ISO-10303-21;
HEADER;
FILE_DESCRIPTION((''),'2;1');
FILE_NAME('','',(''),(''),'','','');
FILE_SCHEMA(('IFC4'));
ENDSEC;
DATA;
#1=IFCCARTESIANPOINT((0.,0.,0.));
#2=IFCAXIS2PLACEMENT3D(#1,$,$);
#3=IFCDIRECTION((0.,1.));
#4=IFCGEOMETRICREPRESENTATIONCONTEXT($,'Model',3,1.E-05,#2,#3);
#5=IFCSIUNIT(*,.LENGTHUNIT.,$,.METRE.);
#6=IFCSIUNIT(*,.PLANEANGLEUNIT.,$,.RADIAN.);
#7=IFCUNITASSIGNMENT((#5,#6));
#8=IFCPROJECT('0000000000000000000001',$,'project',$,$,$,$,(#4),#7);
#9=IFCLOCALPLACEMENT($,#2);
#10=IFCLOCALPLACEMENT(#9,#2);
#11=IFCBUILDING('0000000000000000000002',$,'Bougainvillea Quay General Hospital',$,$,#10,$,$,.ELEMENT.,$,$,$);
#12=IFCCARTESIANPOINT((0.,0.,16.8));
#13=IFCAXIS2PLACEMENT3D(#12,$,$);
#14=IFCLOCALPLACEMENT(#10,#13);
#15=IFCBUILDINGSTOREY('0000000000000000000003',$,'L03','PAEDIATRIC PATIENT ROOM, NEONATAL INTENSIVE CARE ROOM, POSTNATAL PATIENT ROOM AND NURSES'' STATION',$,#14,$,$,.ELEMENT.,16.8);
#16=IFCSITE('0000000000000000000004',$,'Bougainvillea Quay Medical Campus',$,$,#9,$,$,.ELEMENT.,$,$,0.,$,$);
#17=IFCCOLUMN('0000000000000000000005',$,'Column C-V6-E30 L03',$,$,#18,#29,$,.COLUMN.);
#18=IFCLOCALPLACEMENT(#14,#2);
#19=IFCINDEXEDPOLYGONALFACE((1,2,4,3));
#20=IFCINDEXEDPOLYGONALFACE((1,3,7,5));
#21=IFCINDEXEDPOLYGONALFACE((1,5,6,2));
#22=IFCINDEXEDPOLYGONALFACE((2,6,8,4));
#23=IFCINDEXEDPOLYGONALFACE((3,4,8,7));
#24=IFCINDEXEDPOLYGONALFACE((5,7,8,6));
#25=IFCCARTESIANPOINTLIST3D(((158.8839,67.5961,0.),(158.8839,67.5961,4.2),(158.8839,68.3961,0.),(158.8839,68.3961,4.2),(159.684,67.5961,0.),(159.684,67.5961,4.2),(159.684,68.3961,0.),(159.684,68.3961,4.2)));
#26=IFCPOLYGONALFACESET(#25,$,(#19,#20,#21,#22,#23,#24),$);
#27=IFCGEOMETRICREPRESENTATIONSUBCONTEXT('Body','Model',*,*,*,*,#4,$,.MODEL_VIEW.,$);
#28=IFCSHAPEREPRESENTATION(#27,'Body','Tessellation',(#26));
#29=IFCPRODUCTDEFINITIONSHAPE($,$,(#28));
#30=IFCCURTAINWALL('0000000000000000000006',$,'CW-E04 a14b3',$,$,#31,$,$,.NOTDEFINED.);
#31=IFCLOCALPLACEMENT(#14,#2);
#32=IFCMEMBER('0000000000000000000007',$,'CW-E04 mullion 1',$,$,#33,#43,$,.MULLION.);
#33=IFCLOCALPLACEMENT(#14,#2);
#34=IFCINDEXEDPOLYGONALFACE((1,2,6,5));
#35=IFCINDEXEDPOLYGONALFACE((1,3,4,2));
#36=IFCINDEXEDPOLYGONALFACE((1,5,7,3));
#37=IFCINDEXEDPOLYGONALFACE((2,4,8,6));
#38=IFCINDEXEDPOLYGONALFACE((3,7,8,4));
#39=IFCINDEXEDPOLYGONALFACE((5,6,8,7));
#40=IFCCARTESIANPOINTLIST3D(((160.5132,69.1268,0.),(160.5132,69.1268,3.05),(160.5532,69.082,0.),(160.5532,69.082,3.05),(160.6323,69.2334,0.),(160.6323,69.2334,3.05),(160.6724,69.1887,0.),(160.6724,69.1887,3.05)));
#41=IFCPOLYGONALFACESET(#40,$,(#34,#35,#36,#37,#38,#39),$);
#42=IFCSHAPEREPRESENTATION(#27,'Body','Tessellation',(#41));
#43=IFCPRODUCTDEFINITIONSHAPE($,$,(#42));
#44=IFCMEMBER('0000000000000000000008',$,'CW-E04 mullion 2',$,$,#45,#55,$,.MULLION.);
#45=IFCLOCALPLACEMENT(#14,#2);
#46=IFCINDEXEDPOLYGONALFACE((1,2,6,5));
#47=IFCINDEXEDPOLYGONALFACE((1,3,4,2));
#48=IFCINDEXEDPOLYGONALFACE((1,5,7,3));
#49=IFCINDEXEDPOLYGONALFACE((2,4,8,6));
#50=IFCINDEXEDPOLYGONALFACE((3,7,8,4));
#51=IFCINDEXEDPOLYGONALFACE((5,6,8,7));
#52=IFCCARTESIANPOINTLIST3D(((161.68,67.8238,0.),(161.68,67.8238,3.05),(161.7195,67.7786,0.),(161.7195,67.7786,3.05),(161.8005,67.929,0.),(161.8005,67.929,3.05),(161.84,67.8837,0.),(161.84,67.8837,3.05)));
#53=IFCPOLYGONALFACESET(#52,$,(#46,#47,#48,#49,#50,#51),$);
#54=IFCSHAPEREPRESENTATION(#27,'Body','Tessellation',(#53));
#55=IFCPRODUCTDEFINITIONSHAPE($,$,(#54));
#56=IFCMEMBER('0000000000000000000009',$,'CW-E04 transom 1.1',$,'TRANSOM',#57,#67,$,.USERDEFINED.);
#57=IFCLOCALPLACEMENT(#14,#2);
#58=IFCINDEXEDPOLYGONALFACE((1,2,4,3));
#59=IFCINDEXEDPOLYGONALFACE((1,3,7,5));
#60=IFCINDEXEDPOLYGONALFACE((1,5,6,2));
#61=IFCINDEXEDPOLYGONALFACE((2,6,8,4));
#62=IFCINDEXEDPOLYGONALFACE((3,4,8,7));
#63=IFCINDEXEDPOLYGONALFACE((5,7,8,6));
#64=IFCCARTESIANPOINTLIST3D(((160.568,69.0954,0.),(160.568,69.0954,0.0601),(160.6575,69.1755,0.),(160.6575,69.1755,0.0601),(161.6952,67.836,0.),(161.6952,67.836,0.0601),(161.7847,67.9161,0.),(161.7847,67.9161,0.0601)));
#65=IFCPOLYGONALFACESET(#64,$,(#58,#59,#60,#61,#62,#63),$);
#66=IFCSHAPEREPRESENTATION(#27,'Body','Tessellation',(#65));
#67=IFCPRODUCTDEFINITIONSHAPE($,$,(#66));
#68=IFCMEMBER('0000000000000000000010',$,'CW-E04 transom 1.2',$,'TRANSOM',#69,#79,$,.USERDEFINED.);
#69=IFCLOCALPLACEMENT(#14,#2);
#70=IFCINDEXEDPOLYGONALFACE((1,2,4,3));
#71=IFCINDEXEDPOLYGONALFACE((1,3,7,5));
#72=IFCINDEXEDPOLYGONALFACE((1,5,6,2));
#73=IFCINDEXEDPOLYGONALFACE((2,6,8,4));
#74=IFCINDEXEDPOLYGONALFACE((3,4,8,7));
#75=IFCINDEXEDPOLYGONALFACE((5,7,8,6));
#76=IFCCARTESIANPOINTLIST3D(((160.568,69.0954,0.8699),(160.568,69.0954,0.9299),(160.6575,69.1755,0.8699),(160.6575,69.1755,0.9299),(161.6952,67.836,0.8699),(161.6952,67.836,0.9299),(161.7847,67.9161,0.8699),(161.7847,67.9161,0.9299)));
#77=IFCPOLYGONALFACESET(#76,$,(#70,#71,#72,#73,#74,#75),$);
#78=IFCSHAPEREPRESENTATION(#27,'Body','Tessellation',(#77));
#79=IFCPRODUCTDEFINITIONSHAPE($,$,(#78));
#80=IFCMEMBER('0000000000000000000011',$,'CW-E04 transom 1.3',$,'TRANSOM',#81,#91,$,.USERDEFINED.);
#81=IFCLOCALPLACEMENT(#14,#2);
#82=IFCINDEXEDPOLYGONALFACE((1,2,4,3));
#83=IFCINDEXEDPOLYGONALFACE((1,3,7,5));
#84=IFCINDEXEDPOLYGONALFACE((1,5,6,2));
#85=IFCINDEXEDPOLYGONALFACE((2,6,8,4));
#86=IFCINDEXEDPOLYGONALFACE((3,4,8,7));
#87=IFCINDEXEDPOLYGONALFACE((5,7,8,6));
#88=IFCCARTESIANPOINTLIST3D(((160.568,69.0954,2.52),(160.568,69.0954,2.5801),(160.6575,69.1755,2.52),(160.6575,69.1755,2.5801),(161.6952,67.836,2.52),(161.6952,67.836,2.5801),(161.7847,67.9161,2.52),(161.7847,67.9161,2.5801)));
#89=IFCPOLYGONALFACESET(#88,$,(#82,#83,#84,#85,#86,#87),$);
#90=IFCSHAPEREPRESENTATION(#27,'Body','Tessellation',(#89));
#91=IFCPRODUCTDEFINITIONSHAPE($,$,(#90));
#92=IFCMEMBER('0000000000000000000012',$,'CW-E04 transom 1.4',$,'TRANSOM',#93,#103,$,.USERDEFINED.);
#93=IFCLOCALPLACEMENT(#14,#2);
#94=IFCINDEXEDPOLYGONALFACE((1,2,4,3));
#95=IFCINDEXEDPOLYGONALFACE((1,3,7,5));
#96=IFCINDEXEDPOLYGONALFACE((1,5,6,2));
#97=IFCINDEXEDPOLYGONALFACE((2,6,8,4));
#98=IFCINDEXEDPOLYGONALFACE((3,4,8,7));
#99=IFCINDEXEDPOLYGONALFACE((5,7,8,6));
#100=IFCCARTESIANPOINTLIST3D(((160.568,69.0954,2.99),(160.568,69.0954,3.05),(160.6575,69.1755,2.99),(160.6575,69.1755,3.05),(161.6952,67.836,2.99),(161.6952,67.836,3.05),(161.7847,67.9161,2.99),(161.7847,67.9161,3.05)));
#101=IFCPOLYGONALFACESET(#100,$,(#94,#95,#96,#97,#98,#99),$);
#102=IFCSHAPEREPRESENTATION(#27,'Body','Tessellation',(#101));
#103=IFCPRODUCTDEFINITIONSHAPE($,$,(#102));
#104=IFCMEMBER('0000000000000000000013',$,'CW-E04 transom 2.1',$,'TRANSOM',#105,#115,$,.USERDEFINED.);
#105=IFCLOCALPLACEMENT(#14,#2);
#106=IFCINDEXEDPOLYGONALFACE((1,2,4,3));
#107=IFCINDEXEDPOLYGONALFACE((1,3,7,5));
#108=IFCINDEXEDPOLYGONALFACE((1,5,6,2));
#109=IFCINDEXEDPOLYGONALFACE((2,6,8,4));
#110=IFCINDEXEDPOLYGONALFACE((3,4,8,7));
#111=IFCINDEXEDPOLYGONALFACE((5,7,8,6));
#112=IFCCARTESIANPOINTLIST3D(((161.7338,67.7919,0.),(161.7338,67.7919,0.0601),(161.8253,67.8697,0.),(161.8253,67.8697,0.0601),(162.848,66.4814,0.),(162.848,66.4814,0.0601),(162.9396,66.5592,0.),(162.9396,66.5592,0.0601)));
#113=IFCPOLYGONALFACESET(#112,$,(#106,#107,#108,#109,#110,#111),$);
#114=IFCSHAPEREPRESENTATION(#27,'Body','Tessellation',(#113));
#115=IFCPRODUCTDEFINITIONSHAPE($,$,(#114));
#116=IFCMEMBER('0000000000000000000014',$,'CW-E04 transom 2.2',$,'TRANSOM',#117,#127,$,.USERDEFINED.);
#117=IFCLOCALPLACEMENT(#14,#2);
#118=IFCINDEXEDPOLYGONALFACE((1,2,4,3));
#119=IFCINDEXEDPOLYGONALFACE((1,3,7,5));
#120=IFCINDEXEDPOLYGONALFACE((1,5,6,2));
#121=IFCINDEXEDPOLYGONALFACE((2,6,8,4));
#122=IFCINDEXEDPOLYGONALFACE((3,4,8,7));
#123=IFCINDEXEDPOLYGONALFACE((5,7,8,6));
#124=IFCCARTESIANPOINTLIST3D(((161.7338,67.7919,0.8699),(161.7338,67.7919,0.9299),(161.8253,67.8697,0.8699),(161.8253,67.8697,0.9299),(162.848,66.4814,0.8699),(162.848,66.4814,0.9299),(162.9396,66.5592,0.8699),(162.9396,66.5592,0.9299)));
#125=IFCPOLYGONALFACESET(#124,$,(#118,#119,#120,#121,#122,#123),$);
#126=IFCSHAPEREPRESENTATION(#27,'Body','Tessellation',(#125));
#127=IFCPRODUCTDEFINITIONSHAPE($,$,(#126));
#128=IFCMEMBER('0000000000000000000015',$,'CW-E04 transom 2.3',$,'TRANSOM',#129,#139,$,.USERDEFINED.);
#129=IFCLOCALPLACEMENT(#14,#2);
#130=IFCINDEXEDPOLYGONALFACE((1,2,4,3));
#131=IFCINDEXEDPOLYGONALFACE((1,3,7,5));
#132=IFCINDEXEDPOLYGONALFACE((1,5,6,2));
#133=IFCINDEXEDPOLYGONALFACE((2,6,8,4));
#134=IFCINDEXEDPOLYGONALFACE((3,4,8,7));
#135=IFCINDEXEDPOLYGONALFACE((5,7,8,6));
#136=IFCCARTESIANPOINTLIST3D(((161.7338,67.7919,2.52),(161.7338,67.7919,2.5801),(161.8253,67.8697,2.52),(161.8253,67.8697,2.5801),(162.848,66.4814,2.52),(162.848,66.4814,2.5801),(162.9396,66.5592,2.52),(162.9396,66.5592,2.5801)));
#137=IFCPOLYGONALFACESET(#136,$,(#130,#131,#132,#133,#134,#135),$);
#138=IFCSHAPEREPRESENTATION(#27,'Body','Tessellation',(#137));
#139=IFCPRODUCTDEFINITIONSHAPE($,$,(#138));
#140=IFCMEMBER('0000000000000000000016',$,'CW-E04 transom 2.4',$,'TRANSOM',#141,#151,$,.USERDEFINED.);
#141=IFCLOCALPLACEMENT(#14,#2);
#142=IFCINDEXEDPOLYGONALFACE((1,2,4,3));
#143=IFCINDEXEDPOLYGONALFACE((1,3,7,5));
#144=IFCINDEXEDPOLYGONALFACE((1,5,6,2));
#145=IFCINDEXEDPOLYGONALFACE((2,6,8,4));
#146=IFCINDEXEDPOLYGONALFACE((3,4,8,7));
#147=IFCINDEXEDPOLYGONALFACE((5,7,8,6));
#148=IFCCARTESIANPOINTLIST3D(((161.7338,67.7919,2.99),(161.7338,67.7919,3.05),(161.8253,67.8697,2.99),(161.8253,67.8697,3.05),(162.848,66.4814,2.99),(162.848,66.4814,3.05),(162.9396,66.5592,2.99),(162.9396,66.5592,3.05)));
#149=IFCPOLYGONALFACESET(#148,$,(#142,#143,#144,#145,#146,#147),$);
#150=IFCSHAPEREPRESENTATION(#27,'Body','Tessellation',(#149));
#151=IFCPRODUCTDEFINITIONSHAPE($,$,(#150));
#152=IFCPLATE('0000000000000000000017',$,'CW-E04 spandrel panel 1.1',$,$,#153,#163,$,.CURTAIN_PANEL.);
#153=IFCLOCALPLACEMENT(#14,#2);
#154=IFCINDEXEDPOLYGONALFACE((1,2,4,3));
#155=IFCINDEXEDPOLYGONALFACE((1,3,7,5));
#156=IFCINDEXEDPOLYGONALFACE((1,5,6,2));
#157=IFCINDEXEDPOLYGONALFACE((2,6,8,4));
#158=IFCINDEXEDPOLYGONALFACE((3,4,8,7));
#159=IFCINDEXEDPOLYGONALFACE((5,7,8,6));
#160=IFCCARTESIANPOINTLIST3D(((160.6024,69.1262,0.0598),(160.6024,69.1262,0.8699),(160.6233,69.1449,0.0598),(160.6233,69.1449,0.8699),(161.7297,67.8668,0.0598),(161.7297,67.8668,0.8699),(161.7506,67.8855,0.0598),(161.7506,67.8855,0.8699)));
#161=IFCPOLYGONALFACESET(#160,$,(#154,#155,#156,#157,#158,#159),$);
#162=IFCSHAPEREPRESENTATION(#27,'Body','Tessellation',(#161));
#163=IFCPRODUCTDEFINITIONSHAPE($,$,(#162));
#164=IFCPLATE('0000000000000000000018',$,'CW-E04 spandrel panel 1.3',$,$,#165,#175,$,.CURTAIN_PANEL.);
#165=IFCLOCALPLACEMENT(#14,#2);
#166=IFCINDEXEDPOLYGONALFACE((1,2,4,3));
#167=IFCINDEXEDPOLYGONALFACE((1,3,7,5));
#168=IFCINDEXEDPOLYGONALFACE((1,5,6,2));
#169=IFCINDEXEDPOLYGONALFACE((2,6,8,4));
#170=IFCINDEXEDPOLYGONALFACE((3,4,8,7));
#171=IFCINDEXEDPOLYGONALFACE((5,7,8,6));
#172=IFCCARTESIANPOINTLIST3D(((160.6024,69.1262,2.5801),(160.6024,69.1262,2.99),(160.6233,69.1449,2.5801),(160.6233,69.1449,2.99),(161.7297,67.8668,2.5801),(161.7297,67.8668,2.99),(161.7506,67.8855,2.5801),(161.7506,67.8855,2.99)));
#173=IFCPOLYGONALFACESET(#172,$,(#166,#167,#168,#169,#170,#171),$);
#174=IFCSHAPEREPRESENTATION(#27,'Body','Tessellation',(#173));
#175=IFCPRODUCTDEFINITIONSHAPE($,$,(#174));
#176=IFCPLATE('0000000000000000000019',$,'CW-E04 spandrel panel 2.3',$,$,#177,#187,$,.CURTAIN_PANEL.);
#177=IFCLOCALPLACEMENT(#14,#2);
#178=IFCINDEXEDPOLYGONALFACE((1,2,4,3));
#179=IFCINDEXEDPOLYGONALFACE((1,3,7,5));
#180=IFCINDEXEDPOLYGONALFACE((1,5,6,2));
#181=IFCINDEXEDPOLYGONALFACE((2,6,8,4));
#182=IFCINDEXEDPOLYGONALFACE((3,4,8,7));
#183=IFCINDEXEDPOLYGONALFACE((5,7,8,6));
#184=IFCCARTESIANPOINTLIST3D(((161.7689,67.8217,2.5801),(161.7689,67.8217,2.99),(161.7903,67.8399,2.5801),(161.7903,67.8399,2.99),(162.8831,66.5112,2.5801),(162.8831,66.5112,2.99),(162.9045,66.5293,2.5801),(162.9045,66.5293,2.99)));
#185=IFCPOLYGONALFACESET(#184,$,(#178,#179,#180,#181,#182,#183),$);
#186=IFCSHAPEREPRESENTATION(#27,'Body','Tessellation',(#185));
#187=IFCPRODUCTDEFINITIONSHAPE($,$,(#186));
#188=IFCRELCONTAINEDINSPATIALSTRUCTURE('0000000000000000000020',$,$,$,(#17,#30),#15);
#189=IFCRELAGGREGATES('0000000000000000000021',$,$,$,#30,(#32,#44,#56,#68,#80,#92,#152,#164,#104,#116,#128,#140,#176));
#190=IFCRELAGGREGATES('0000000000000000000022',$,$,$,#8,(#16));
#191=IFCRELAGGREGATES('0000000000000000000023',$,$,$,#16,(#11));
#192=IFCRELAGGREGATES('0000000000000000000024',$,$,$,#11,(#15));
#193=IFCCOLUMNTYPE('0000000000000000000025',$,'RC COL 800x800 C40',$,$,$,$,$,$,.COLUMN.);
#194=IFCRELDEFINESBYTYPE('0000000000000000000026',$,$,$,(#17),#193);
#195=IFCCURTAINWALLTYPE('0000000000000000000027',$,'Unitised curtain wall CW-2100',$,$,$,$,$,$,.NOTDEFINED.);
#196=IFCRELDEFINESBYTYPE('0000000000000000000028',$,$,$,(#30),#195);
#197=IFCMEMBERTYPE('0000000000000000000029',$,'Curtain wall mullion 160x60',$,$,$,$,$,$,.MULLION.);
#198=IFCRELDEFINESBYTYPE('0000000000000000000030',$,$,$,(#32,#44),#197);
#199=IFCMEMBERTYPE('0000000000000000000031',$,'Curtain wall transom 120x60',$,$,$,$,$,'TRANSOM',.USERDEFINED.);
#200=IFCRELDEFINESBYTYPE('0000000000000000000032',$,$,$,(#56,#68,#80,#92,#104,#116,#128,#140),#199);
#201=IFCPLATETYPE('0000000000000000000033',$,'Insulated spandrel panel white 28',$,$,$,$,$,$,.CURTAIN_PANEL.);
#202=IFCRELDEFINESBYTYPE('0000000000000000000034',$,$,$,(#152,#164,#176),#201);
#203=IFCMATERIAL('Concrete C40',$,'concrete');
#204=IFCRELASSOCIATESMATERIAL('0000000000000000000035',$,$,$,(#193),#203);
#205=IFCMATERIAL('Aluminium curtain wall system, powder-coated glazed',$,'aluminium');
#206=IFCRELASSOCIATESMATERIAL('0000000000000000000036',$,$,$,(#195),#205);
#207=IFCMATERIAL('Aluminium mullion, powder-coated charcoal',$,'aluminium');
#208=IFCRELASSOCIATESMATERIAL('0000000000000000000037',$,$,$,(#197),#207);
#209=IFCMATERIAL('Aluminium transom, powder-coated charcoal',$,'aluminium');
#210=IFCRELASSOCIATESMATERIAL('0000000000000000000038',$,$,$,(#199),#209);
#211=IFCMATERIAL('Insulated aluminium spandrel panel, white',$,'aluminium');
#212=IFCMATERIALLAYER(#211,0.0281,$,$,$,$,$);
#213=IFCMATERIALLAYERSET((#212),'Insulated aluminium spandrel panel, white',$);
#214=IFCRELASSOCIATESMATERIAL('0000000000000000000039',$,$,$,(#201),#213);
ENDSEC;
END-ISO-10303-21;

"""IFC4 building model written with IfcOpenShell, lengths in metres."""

from ifc_helpers import new_model, si_unit, direction, frame, origin, origin_2d, place, context, subcontext, project, spatial, rectangle, extrude, material, layer, layer_set, material_profile, profile_set, type_object, element, aggregate, save


model = new_model("IFC4")

# Units and contexts
model_context = context("Model", 3, precision=1e-05, world=origin(), true_north=direction((0.0, 1.0)))
body_context = subcontext(model_context, "Body", "Model", "MODEL_VIEW")
ifc_project = project(units=[si_unit("LENGTHUNIT", "METRE"), si_unit("PLANEANGLEUNIT", "RADIAN")], contexts=[model_context])

# Site, building, storey
site_placement = place(None, origin())
site = spatial("IfcSite", under=ifc_project, at=site_placement, Name="Bougainvillea Quay Medical Campus", CompositionType="ELEMENT", RefElevation=0.0)
building_placement = place(site_placement, origin())
building = spatial("IfcBuilding", under=site, at=building_placement, Name="Bougainvillea Quay General Hospital", CompositionType="ELEMENT")
storey_placement = place(building_placement, frame((0.0, 0.0, 16.8)))
storey = spatial("IfcBuildingStorey", under=building, at=storey_placement, Name="L03", Description="PAEDIATRIC PATIENT ROOM, NEONATAL INTENSIVE CARE ROOM, POSTNATAL PATIENT ROOM AND NURSES' STATION", CompositionType="ELEMENT", Elevation=16.8)

# Column
ifc_material_1 = material(Name="Concrete C40", Category="concrete")
ifc_material_profile_1 = material_profile(ifc_material_1, rectangle(XDim=0.8, YDim=0.8, at=origin_2d()))
ifc_profile_set_1 = profile_set([ifc_material_profile_1], Name="Concrete C40")
column_type = type_object("IfcColumnType", Name="RC COL 800x800 C40", PredefinedType="COLUMN", material=ifc_profile_set_1)
column_placement = place(storey_placement, frame((159.2839, 67.9961, 0.0), z_axis=(0.0, 0.0, 1.0), x_axis=(1.0, 0.0, 0.0)))
element("IfcColumn", 1, at=column_placement, inside=storey, type_object=column_type, Name="Column C-V6-E30 L03", PredefinedType="COLUMN", context=body_context, shape_type="SweptSolid", body=[
    extrude(rectangle(XDim=0.8, YDim=0.8, at=origin_2d()), origin(), (0.0, 0.0, 1.0), 4.2),
])

# Curtain wall, members, plates
ifc_material_2 = material(Name="Aluminium curtain wall system, powder-coated glazed", Category="aluminium")
curtain_wall_type = type_object("IfcCurtainWallType", Name="Unitised curtain wall CW-2100", PredefinedType="NOTDEFINED", material=ifc_material_2)
curtain_wall_placement = place(storey_placement, origin())
curtain_wall = element("IfcCurtainWall", 2, at=curtain_wall_placement, inside=storey, type_object=curtain_wall_type, Name="CW-E04 a14b3", PredefinedType="NOTDEFINED")
ifc_material_3 = material(Name="Aluminium mullion, powder-coated charcoal", Category="aluminium")
ifc_material_profile_2 = material_profile(ifc_material_3, rectangle(XDim=0.1599, YDim=0.0601, at=origin_2d()))
ifc_profile_set_2 = profile_set([ifc_material_profile_2], Name="Aluminium mullion, powder-coated charcoal")
member_type_1 = type_object("IfcMemberType", Name="Curtain wall mullion 160x60", PredefinedType="MULLION", material=ifc_profile_set_2)
member_1_placement = place(storey_placement, frame((160.5928, 69.1577, 0.0), z_axis=(0.0, 0.0, 1.0), x_axis=(0.745094, 0.666959, 0.0)))
member_1 = element("IfcMember", 3, at=member_1_placement, type_object=member_type_1, Name="CW-E04 mullion 1", PredefinedType="MULLION", context=body_context, shape_type="SweptSolid", body=[
    extrude(rectangle(XDim=0.1599, YDim=0.0601, at=origin_2d()), origin(), (0.0, 0.0, 1.0), 3.05),
])
member_2_placement = place(storey_placement, frame((161.76, 67.8538, 0.0), z_axis=(0.0, 0.0, 1.0), x_axis=(0.753545, 0.657396, 0.0)))
member_2 = element("IfcMember", 4, at=member_2_placement, type_object=member_type_1, Name="CW-E04 mullion 2", PredefinedType="MULLION", context=body_context, shape_type="SweptSolid", body=[
    extrude(rectangle(XDim=0.1599, YDim=0.0601, at=origin_2d()), origin(), (0.0, 0.0, 1.0), 3.05),
])
ifc_material_4 = material(Name="Aluminium transom, powder-coated charcoal", Category="aluminium")
ifc_material_profile_3 = material_profile(ifc_material_4, rectangle(XDim=0.1201, YDim=0.0601, at=origin_2d()))
ifc_profile_set_3 = profile_set([ifc_material_profile_3], Name="Aluminium transom, powder-coated charcoal")
member_type_2 = type_object("IfcMemberType", Name="Curtain wall transom 120x60", ElementType="TRANSOM", PredefinedType="USERDEFINED", material=ifc_profile_set_3)
member_3_placement = place(storey_placement, frame((160.6128, 69.1355, 0.03), z_axis=(0.666879, -0.745166, 0.0), x_axis=(0.745166, 0.666879, 0.0)))
member_3 = element("IfcMember", 5, at=member_3_placement, type_object=member_type_2, Name="CW-E04 transom 1.1", ObjectType="TRANSOM", PredefinedType="USERDEFINED", context=body_context, shape_type="SweptSolid", body=[
    extrude(rectangle(XDim=0.1201, YDim=0.0601, at=origin_2d()), origin(), (0.0, 0.0, 1.0), 1.6902),
])
member_4_placement = place(storey_placement, frame((160.6128, 69.1355, 0.8999), z_axis=(0.666879, -0.745166, 0.0), x_axis=(0.745166, 0.666879, 0.0)))
member_4 = element("IfcMember", 6, at=member_4_placement, type_object=member_type_2, Name="CW-E04 transom 1.2", ObjectType="TRANSOM", PredefinedType="USERDEFINED", context=body_context, shape_type="SweptSolid", body=[
    extrude(rectangle(XDim=0.1201, YDim=0.0601, at=origin_2d()), origin(), (0.0, 0.0, 1.0), 1.6902),
])
member_5_placement = place(storey_placement, frame((160.6128, 69.1355, 2.55), z_axis=(0.666879, -0.745166, 0.0), x_axis=(0.745166, 0.666879, 0.0)))
member_5 = element("IfcMember", 7, at=member_5_placement, type_object=member_type_2, Name="CW-E04 transom 1.3", ObjectType="TRANSOM", PredefinedType="USERDEFINED", context=body_context, shape_type="SweptSolid", body=[
    extrude(rectangle(XDim=0.1201, YDim=0.0601, at=origin_2d()), origin(), (0.0, 0.0, 1.0), 1.6902),
])
member_6_placement = place(storey_placement, frame((160.6128, 69.1355, 3.02), z_axis=(0.666879, -0.745166, 0.0), x_axis=(0.745166, 0.666879, 0.0)))
member_6 = element("IfcMember", 8, at=member_6_placement, type_object=member_type_2, Name="CW-E04 transom 1.4", ObjectType="TRANSOM", PredefinedType="USERDEFINED", context=body_context, shape_type="SweptSolid", body=[
    extrude(rectangle(XDim=0.1201, YDim=0.0601, at=origin_2d()), origin(), (0.0, 0.0, 1.0), 1.6902),
])
member_7_placement = place(storey_placement, frame((161.7795, 67.8308, 0.03), z_axis=(0.647747, -0.761855, 0.0), x_axis=(0.761855, 0.647747, 0.0)))
member_7 = element("IfcMember", 9, at=member_7_placement, type_object=member_type_2, Name="CW-E04 transom 2.1", ObjectType="TRANSOM", PredefinedType="USERDEFINED", context=body_context, shape_type="SweptSolid", body=[
    extrude(rectangle(XDim=0.1201, YDim=0.0601, at=origin_2d()), origin(), (0.0, 0.0, 1.0), 1.7202),
])
member_8_placement = place(storey_placement, frame((161.7795, 67.8308, 0.8999), z_axis=(0.647747, -0.761855, 0.0), x_axis=(0.761855, 0.647747, 0.0)))
member_8 = element("IfcMember", 10, at=member_8_placement, type_object=member_type_2, Name="CW-E04 transom 2.2", ObjectType="TRANSOM", PredefinedType="USERDEFINED", context=body_context, shape_type="SweptSolid", body=[
    extrude(rectangle(XDim=0.1201, YDim=0.0601, at=origin_2d()), origin(), (0.0, 0.0, 1.0), 1.7202),
])
member_9_placement = place(storey_placement, frame((161.7795, 67.8308, 2.55), z_axis=(0.647747, -0.761855, 0.0), x_axis=(0.761855, 0.647747, 0.0)))
member_9 = element("IfcMember", 11, at=member_9_placement, type_object=member_type_2, Name="CW-E04 transom 2.3", ObjectType="TRANSOM", PredefinedType="USERDEFINED", context=body_context, shape_type="SweptSolid", body=[
    extrude(rectangle(XDim=0.1201, YDim=0.0601, at=origin_2d()), origin(), (0.0, 0.0, 1.0), 1.7202),
])
member_10_placement = place(storey_placement, frame((161.7795, 67.8308, 3.02), z_axis=(0.647747, -0.761855, 0.0), x_axis=(0.761855, 0.647747, 0.0)))
member_10 = element("IfcMember", 12, at=member_10_placement, type_object=member_type_2, Name="CW-E04 transom 2.4", ObjectType="TRANSOM", PredefinedType="USERDEFINED", context=body_context, shape_type="SweptSolid", body=[
    extrude(rectangle(XDim=0.1201, YDim=0.0601, at=origin_2d()), origin(), (0.0, 0.0, 1.0), 1.7202),
])
ifc_material_5 = material(Name="Insulated aluminium spandrel panel, white", Category="aluminium")
ifc_layer_1 = layer(ifc_material_5, 0.0281)
ifc_layer_set_1 = layer_set([ifc_layer_1], Name="Insulated aluminium spandrel panel, white")
plate_type_1 = type_object("IfcPlateType", Name="Insulated spandrel panel white 28", PredefinedType="CURTAIN_PANEL", material=ifc_layer_set_1)
plate_1_placement = place(storey_placement, frame((161.1765, 68.5059, 0.0598), z_axis=(0.0, 0.0, 1.0), x_axis=(0.666959, -0.745094, 0.0)))
plate_1 = element("IfcPlate", 13, at=plate_1_placement, type_object=plate_type_1, Name="CW-E04 spandrel panel 1.1", PredefinedType="CURTAIN_PANEL", context=body_context, shape_type="SweptSolid", body=[
    extrude(rectangle(XDim=1.6902, YDim=0.0281, at=origin_2d()), origin(), (0.0, 0.0, 1.0), 0.8101),
])
plate_2_placement = place(storey_placement, frame((161.1765, 68.5059, 2.5801), z_axis=(0.0, 0.0, 1.0), x_axis=(0.666959, -0.745094, 0.0)))
plate_2 = element("IfcPlate", 14, at=plate_2_placement, type_object=plate_type_1, Name="CW-E04 spandrel panel 1.3", PredefinedType="CURTAIN_PANEL", context=body_context, shape_type="SweptSolid", body=[
    extrude(rectangle(XDim=1.6902, YDim=0.0281, at=origin_2d()), origin(), (0.0, 0.0, 1.0), 0.4099),
])
plate_3_placement = place(storey_placement, frame((162.3367, 67.1755, 2.5801), z_axis=(0.0, 0.0, 1.0), x_axis=(0.647726, -0.761873, 0.0)))
plate_3 = element("IfcPlate", 15, at=plate_3_placement, type_object=plate_type_1, Name="CW-E04 spandrel panel 2.3", PredefinedType="CURTAIN_PANEL", context=body_context, shape_type="SweptSolid", body=[
    extrude(rectangle(XDim=1.7202, YDim=0.0281, at=origin_2d()), origin(), (0.0, 0.0, 1.0), 0.4099),
])
aggregate(curtain_wall, [member_1, member_2, member_3, member_4, member_5, member_6, plate_1, plate_2, member_7, member_8, member_9, member_10, plate_3])

save(model, "model.ifc")
